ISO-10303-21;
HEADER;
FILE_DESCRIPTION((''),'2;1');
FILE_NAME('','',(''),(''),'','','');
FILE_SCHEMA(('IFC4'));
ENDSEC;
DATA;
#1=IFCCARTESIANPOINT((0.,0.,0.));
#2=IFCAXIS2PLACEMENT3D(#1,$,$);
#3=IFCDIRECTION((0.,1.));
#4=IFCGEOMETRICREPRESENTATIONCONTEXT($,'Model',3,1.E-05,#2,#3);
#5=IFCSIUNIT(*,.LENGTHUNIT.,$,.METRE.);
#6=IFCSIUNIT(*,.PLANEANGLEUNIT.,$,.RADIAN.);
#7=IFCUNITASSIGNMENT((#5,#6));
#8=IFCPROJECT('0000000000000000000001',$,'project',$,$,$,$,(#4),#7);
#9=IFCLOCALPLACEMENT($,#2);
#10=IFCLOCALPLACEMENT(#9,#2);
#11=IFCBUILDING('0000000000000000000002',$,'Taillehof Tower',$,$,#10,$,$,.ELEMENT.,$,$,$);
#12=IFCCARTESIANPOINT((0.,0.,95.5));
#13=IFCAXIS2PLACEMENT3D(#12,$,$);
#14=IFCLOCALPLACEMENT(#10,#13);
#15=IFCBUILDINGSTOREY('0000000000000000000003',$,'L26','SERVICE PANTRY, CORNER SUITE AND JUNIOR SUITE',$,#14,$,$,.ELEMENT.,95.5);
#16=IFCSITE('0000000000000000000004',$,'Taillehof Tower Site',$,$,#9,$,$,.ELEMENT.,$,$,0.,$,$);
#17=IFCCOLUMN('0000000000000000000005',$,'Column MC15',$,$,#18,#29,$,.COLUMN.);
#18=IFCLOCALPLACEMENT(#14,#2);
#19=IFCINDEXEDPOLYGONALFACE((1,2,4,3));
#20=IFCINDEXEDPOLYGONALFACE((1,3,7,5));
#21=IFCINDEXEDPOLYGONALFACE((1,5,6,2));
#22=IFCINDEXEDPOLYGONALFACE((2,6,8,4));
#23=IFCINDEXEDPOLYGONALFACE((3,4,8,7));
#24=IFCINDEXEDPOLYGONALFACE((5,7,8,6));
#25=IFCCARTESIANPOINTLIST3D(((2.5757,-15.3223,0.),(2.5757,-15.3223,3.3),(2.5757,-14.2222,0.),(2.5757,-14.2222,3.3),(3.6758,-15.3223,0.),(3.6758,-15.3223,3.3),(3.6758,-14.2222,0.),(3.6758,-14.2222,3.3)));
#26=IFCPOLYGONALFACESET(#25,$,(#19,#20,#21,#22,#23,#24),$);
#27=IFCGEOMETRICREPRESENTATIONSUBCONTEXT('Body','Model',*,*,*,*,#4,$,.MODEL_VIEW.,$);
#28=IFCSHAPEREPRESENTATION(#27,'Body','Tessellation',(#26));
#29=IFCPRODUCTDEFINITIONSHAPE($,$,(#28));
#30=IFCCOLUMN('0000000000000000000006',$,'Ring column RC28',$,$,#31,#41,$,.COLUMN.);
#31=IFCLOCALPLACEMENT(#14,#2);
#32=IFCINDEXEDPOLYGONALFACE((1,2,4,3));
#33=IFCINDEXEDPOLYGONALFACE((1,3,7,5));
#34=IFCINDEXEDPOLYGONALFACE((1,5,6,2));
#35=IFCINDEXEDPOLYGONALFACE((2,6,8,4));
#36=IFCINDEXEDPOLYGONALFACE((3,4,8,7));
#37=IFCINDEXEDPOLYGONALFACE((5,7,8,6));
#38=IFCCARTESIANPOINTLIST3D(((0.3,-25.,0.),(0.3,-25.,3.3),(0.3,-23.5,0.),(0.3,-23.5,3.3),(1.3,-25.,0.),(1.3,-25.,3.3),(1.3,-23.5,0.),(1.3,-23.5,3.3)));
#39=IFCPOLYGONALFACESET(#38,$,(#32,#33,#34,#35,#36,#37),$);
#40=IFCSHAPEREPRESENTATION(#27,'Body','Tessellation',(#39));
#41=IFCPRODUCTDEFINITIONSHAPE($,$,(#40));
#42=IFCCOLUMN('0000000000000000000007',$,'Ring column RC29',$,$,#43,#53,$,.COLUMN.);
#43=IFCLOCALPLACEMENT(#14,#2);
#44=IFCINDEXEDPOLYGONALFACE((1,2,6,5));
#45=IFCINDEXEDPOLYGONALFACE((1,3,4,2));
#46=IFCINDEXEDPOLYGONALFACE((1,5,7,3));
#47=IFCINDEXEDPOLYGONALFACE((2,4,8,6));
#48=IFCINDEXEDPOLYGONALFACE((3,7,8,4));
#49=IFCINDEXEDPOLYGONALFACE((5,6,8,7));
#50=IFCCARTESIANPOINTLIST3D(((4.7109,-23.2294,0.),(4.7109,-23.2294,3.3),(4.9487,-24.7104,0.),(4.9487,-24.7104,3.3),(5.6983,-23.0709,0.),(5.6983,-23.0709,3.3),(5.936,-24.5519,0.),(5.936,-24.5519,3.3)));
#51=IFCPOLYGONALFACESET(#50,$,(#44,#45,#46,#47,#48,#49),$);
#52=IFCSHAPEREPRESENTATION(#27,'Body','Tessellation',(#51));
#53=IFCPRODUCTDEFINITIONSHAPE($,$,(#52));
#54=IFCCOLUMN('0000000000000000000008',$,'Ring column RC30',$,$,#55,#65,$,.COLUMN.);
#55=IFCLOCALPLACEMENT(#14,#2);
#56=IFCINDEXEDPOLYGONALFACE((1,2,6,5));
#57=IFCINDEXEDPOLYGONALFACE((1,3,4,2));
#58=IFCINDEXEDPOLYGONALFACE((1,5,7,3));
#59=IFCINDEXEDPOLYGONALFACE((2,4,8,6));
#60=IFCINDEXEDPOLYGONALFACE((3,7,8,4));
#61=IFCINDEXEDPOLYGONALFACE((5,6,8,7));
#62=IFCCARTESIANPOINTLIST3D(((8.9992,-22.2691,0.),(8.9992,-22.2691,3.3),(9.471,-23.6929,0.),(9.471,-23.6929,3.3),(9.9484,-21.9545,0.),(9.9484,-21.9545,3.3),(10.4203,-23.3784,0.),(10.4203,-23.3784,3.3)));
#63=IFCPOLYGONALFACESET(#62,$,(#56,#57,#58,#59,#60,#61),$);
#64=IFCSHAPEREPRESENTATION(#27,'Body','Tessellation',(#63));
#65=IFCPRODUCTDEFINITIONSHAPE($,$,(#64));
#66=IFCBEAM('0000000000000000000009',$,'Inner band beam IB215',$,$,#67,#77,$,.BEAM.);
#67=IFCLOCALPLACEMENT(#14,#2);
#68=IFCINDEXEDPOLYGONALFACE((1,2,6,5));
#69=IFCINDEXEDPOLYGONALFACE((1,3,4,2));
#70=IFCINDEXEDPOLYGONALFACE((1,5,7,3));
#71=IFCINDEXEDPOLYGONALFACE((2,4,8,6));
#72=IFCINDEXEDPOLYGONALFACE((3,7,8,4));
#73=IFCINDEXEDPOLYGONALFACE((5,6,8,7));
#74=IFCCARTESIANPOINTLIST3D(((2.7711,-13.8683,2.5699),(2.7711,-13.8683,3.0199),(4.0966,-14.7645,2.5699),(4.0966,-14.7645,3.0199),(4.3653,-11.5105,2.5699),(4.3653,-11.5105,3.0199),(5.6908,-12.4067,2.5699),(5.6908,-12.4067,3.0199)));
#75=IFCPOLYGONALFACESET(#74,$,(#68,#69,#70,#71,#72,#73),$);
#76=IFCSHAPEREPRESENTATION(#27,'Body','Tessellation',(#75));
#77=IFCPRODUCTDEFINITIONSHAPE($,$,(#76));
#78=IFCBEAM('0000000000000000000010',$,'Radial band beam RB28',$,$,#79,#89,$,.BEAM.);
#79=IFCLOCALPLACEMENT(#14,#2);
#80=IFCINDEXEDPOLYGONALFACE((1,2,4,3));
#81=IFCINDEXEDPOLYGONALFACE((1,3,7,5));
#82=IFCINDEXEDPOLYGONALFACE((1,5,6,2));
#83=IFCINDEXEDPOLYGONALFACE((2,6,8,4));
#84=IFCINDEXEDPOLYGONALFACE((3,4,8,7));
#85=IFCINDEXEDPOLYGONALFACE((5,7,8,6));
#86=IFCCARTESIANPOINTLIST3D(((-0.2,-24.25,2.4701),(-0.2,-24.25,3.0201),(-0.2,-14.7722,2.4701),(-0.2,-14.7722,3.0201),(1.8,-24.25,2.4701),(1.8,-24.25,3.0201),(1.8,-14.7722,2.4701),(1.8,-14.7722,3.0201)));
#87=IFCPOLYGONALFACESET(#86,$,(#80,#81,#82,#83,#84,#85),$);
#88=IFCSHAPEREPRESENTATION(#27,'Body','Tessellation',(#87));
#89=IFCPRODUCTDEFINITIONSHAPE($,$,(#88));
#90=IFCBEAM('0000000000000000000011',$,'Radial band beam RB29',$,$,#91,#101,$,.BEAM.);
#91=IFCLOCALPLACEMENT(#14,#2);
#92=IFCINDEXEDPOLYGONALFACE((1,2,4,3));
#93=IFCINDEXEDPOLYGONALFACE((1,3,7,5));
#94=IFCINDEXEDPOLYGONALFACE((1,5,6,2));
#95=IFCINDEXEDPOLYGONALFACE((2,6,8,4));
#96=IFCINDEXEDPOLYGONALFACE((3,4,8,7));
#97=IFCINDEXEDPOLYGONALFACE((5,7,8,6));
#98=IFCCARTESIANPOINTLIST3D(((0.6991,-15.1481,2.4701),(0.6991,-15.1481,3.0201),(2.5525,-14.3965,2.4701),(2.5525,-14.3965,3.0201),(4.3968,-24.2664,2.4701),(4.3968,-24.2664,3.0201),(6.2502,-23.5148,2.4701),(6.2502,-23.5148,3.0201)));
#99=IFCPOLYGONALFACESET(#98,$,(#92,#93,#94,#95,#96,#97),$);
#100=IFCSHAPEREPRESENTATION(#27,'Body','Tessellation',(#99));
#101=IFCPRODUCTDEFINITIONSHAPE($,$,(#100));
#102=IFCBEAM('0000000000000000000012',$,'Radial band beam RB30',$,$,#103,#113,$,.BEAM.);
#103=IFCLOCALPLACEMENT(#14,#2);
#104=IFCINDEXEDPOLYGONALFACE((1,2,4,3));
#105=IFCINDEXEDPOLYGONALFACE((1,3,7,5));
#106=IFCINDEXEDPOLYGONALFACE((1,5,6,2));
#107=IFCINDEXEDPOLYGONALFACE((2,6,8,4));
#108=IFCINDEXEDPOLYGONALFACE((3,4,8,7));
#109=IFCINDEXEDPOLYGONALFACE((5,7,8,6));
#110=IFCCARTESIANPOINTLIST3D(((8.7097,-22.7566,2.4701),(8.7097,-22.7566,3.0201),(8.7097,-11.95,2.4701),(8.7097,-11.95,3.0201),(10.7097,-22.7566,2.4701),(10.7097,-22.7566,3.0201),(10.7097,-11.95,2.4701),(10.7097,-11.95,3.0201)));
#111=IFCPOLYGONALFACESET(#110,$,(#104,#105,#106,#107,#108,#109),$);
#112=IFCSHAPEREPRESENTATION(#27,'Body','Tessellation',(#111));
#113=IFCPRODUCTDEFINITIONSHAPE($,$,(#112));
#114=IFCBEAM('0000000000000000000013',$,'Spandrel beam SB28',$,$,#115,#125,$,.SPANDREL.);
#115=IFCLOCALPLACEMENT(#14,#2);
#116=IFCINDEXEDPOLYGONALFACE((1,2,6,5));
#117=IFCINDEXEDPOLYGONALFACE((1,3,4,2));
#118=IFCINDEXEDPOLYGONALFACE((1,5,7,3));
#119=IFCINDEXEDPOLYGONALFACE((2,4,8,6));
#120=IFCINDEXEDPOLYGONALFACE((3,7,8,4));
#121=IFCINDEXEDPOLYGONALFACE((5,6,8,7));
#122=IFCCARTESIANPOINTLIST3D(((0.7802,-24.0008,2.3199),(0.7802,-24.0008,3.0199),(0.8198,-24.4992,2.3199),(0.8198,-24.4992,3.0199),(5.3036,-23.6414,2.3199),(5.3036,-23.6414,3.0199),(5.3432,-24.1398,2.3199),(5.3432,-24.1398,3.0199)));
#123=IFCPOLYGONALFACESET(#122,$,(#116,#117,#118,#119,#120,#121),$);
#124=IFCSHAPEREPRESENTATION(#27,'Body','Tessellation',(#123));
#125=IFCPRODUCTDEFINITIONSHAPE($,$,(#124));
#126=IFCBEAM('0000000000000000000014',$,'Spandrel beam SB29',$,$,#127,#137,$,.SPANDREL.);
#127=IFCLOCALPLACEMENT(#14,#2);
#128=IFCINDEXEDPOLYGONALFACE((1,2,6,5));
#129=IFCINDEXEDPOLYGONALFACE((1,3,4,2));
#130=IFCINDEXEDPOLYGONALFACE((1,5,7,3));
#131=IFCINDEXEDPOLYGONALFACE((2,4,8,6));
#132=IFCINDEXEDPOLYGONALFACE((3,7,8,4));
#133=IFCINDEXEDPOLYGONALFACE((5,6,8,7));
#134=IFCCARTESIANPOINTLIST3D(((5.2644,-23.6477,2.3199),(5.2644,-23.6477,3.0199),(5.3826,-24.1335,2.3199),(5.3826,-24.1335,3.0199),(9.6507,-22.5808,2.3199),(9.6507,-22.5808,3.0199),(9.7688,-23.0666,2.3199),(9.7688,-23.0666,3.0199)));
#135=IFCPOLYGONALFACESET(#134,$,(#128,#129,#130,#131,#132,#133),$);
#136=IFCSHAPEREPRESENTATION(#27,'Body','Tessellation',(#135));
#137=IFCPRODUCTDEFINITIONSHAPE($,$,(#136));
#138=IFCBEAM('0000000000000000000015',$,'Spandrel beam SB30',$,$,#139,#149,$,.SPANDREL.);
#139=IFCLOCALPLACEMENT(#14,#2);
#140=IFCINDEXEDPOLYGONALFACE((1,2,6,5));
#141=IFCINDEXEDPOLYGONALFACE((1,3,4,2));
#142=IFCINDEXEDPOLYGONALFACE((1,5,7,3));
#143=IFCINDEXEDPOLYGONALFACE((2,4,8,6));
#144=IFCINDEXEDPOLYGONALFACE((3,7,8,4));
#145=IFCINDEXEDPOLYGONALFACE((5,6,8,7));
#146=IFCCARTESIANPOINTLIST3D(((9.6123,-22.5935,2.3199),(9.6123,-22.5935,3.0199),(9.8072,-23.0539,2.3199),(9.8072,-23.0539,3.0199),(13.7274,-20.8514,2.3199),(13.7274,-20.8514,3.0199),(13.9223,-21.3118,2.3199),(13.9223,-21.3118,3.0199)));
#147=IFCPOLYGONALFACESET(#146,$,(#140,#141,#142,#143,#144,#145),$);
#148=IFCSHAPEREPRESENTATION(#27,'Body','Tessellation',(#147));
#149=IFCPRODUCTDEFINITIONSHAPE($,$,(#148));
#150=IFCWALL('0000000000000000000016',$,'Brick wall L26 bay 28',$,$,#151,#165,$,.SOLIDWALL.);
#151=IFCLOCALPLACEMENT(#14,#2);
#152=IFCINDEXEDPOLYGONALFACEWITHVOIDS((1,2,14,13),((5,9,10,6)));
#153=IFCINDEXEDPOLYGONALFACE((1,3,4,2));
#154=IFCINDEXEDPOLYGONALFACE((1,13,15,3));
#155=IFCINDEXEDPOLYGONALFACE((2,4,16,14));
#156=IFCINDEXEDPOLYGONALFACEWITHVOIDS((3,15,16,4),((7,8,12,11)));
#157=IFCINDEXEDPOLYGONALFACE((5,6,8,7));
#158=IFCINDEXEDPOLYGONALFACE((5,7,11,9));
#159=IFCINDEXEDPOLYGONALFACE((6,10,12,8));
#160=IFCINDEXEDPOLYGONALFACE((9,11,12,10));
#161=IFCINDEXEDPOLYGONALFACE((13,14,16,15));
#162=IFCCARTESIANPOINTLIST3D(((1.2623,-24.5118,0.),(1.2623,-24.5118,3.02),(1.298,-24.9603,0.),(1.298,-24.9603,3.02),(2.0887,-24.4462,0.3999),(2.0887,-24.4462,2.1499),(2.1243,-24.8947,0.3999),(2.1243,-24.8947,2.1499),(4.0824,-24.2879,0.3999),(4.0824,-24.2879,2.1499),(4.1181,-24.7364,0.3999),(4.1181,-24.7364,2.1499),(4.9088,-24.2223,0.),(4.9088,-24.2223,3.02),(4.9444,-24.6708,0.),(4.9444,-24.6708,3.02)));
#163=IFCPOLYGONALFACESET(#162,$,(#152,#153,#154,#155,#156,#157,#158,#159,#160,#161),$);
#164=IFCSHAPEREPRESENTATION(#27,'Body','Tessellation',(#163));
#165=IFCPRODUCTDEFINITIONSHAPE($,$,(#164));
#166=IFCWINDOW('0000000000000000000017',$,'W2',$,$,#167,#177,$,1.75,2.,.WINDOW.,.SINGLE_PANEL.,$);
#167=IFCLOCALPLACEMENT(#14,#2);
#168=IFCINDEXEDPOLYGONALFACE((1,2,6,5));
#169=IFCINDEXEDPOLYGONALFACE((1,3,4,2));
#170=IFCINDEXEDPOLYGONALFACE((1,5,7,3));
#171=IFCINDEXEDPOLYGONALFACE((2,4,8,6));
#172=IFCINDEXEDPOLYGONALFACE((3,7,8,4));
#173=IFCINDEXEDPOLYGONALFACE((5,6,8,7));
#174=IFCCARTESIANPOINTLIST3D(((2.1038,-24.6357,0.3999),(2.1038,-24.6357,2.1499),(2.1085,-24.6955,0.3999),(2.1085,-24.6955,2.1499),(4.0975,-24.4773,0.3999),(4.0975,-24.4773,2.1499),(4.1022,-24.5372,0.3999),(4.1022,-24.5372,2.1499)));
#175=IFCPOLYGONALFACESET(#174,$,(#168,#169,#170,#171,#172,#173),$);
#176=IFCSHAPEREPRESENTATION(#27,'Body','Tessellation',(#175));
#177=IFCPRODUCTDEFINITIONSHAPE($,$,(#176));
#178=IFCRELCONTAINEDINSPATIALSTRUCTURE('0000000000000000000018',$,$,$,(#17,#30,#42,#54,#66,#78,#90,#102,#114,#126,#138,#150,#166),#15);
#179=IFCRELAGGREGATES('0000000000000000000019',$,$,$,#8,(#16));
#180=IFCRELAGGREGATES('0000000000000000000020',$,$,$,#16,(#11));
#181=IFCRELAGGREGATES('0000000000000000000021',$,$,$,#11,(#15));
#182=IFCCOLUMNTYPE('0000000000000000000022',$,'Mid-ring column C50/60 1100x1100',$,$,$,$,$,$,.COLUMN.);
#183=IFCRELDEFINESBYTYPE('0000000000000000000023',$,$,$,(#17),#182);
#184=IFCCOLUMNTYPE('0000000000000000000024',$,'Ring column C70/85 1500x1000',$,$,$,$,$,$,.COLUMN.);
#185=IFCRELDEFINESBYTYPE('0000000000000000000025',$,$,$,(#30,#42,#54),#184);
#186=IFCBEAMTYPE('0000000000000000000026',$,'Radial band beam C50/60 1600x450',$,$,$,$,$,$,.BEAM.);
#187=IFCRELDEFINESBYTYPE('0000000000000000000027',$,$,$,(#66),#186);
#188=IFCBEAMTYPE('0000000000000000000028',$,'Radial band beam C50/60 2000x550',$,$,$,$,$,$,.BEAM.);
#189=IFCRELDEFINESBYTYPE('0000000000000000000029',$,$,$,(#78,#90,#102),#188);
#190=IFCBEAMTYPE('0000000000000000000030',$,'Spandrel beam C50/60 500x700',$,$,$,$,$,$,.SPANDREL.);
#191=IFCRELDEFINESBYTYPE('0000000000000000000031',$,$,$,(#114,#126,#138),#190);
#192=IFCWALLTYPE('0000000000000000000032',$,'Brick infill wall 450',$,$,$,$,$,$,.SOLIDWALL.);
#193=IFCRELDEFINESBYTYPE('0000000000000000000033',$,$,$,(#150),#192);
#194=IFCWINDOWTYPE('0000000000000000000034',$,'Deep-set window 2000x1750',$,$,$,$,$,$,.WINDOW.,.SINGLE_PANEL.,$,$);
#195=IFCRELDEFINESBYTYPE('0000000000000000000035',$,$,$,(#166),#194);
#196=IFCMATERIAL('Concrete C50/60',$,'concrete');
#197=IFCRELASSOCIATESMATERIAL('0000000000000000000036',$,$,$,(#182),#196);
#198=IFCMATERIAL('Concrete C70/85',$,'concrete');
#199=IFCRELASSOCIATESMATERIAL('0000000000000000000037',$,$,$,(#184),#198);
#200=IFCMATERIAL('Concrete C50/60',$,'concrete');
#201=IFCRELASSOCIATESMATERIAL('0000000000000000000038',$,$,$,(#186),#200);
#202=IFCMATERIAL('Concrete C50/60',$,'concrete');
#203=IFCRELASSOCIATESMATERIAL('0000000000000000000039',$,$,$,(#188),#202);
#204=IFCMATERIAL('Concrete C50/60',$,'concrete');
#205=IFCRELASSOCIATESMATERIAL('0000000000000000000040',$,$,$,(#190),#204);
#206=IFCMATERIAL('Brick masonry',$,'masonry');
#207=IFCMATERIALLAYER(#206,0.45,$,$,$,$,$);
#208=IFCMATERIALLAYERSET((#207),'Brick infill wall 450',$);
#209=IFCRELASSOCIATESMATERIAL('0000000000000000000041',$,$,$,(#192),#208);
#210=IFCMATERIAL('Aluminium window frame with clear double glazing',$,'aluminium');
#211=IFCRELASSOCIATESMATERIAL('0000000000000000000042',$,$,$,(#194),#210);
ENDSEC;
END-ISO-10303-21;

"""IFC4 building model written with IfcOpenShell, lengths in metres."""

from ifc_helpers import new_model, si_unit, direction, frame, frame_2d, origin, origin_2d, place, context, subcontext, project, spatial, rectangle, extrude, material, layer, layer_set, material_profile, profile_set, type_object, element, fill, save


model = new_model("IFC4")

# Units and contexts
model_context = context("Model", 3, precision=1e-05, world=origin(), true_north=direction((0.0, 1.0)))
body_context = subcontext(model_context, "Body", "Model", "MODEL_VIEW")
ifc_project = project(units=[si_unit("LENGTHUNIT", "METRE"), si_unit("PLANEANGLEUNIT", "RADIAN")], contexts=[model_context])

# Site, building, storey
site_placement = place(None, origin())
site = spatial("IfcSite", under=ifc_project, at=site_placement, Name="Taillehof Tower Site", CompositionType="ELEMENT", RefElevation=0.0)
building_placement = place(site_placement, origin())
building = spatial("IfcBuilding", under=site, at=building_placement, Name="Taillehof Tower", CompositionType="ELEMENT")
storey_placement = place(building_placement, frame((0.0, 0.0, 95.5)))
storey = spatial("IfcBuildingStorey", under=building, at=storey_placement, Name="L26", Description="SERVICE PANTRY, CORNER SUITE AND JUNIOR SUITE", CompositionType="ELEMENT", Elevation=95.5)

# Columns
ifc_material_1 = material(Name="Concrete C50/60", Category="concrete")
ifc_material_profile_1 = material_profile(ifc_material_1, rectangle(XDim=1.1001, YDim=1.1001, at=origin_2d()), Name="RC 1100x1100")
ifc_profile_set_1 = profile_set([ifc_material_profile_1], Name="Concrete C50/60")
column_type_1 = type_object("IfcColumnType", Name="Mid-ring column C50/60 1100x1100", PredefinedType="COLUMN", material=ifc_profile_set_1)
column_placement = place(storey_placement, frame((3.1257, -14.7722, 0.0), z_axis=(0.0, 0.0, 1.0), x_axis=(1.0, 0.0, 0.0)))
element("IfcColumn", 1, at=column_placement, inside=storey, type_object=column_type_1, Name="Column MC15", PredefinedType="COLUMN", context=body_context, shape_type="SweptSolid", body=[
    extrude(rectangle(XDim=1.1001, YDim=1.1001, at=origin_2d()), origin(), (0.0, 0.0, 1.0), 3.3),
])
ifc_material_2 = material(Name="Concrete C70/85", Category="concrete")
ifc_material_profile_2 = material_profile(ifc_material_2, rectangle(XDim=1.5, YDim=1.0, at=origin_2d()), Name="RC 1500x1000")
ifc_profile_set_2 = profile_set([ifc_material_profile_2], Name="Concrete C70/85")
column_type_2 = type_object("IfcColumnType", Name="Ring column C70/85 1500x1000", PredefinedType="COLUMN", material=ifc_profile_set_2)
for number, where, z_axis, x_axis, name in (
    (2, (0.8, -24.25, 0.0), (0.0, 0.0, 1.0), (0.0, -1.0, 0.0), "Ring column RC28"),
    (3, (5.3235, -23.8906, 0.0), (0.0, 0.0, 1.0), (0.158507, -0.987358, 0.0), "Ring column RC29"),
    (4, (9.7097, -22.8237, 0.0), (0.0, 0.0, 1.0), (0.314555, -0.949239, 0.0), "Ring column RC30"),
):
    element("IfcColumn", number, at=place(storey_placement, frame(where, z_axis=z_axis, x_axis=x_axis)), inside=storey, type_object=column_type_2, Name=name, PredefinedType="COLUMN", context=body_context, shape_type="SweptSolid", body=[
        extrude(rectangle(XDim=1.5, YDim=1.0, at=origin_2d()), origin(), (0.0, 0.0, 1.0), 3.3),
    ])

# Beams
ifc_material_3 = material(Name="Concrete C50/60", Category="concrete")
ifc_material_profile_3 = material_profile(ifc_material_3, rectangle(XDim=1.6001, YDim=0.45, at=origin_2d()), Name="RC 1600x450")
ifc_profile_set_3 = profile_set([ifc_material_profile_3], Name="Concrete C50/60")
beam_type_1 = type_object("IfcBeamType", Name="Radial band beam C50/60 1600x450", PredefinedType="BEAM", material=ifc_profile_set_3)
beam_1_placement = place(storey_placement, frame((3.4338, -14.3164, 2.7949), z_axis=(0.560112, 0.828417, 0.0), x_axis=(-0.828417, 0.560112, 0.0)))
element("IfcBeam", 5, at=beam_1_placement, inside=storey, type_object=beam_type_1, Name="Inner band beam IB215", PredefinedType="BEAM", context=body_context, shape_type="SweptSolid", body=[
    extrude(rectangle(XDim=1.6001, YDim=0.45, at=origin_2d()), origin(), (0.0, 0.0, 1.0), 2.8462),
])
ifc_material_4 = material(Name="Concrete C50/60", Category="concrete")
ifc_material_profile_4 = material_profile(ifc_material_4, rectangle(XDim=2.0, YDim=0.55, at=origin_2d()), Name="RC 2000x550")
ifc_profile_set_4 = profile_set([ifc_material_profile_4], Name="Concrete C50/60")
beam_type_2 = type_object("IfcBeamType", Name="Radial band beam C50/60 2000x550", PredefinedType="BEAM", material=ifc_profile_set_4)
beam_2_placement = place(storey_placement, frame((0.8, -24.25, 2.7451), z_axis=(0.0, 1.0, 0.0), x_axis=(-1.0, 0.0, 0.0)))
element("IfcBeam", 6, at=beam_2_placement, inside=storey, type_object=beam_type_2, Name="Radial band beam RB28", PredefinedType="BEAM", context=body_context, shape_type="SweptSolid", body=[
    extrude(rectangle(XDim=2.0, YDim=0.55, at=origin_2d()), origin(), (0.0, 0.0, 1.0), 9.4778),
])
beam_3_placement = place(storey_placement, frame((5.3235, -23.8906, 2.7451), z_axis=(-0.375801, 0.9267, 0.0), x_axis=(-0.9267, -0.375801, 0.0)))
element("IfcBeam", 7, at=beam_3_placement, inside=storey, type_object=beam_type_2, Name="Radial band beam RB29", PredefinedType="BEAM", context=body_context, shape_type="SweptSolid", body=[
    extrude(rectangle(XDim=2.0, YDim=0.55, at=origin_2d()), origin(), (0.0, 0.0, 1.0), 9.8396),
])
beam_4_placement = place(storey_placement, frame((9.7097, -22.7566, 2.7451), z_axis=(0.0, 1.0, 0.0), x_axis=(-1.0, 0.0, 0.0)))
element("IfcBeam", 8, at=beam_4_placement, inside=storey, type_object=beam_type_2, Name="Radial band beam RB30", PredefinedType="BEAM", context=body_context, shape_type="SweptSolid", body=[
    extrude(rectangle(XDim=2.0, YDim=0.55, at=origin_2d()), origin(), (0.0, 0.0, 1.0), 10.8066),
])
ifc_material_5 = material(Name="Concrete C50/60", Category="concrete")
ifc_material_profile_5 = material_profile(ifc_material_5, rectangle(XDim=0.5, YDim=0.7, at=origin_2d()), Name="RC 500x700")
ifc_profile_set_5 = profile_set([ifc_material_profile_5], Name="Concrete C50/60")
beam_type_3 = type_object("IfcBeamType", Name="Spandrel beam C50/60 500x700", PredefinedType="SPANDREL", material=ifc_profile_set_5)
beam_5_placement = place(storey_placement, frame((0.8, -24.25, 2.6699), z_axis=(0.996859, 0.079198, 0.0), x_axis=(-0.079198, 0.996859, 0.0)))
element("IfcBeam", 9, at=beam_5_placement, inside=storey, type_object=beam_type_3, Name="Spandrel beam SB28", PredefinedType="SPANDREL", context=body_context, shape_type="SweptSolid", body=[
    extrude(rectangle(XDim=0.5, YDim=0.7, at=origin_2d()), origin(), (0.0, 0.0, 1.0), 4.5376),
])
beam_6_placement = place(storey_placement, frame((5.3235, -23.8906, 2.6699), z_axis=(0.971669, 0.236346, 0.0), x_axis=(-0.236346, 0.971669, 0.0)))
element("IfcBeam", 10, at=beam_6_placement, inside=storey, type_object=beam_type_3, Name="Spandrel beam SB29", PredefinedType="SPANDREL", context=body_context, shape_type="SweptSolid", body=[
    extrude(rectangle(XDim=0.5, YDim=0.7, at=origin_2d()), origin(), (0.0, 0.0, 1.0), 4.5142),
])
beam_7_placement = place(storey_placement, frame((9.7097, -22.8237, 2.6699), z_axis=(0.920877, 0.389854, 0.0), x_axis=(-0.389854, 0.920877, 0.0)))
element("IfcBeam", 11, at=beam_7_placement, inside=storey, type_object=beam_type_3, Name="Spandrel beam SB30", PredefinedType="SPANDREL", context=body_context, shape_type="SweptSolid", body=[
    extrude(rectangle(XDim=0.5, YDim=0.7, at=origin_2d()), origin(), (0.0, 0.0, 1.0), 4.4688),
])

# Wall, opening, window
ifc_material_6 = material(Name="Brick masonry", Category="masonry")
ifc_layer_1 = layer(ifc_material_6, 0.45)
ifc_layer_set_1 = layer_set([ifc_layer_1], Name="Brick infill wall 450")
wall_type_1 = type_object("IfcWallType", Name="Brick infill wall 450", PredefinedType="SOLIDWALL", material=ifc_layer_set_1)
wall_1_placement = place(storey_placement, frame((1.28, -24.7361, 0.0), z_axis=(0.0, 0.0, 1.0), x_axis=(0.996862, 0.079156, 0.0)))
wall_1 = element("IfcWall", 12, at=wall_1_placement, inside=storey, type_object=wall_type_1, Name="Brick wall L26 bay 28", PredefinedType="SOLIDWALL", context=body_context, shape_type="SweptSolid", body=[
    extrude(rectangle(XDim=3.658, YDim=0.45, at=frame_2d((1.8291, 0.0))), origin(), (0.0, 0.0, 1.0), 3.02),
])
opening_1_placement = place(wall_1_placement, frame((0.8291, 0.0, 0.3999)))
opening_1 = element("IfcOpeningElement", 13, at=opening_1_placement, cuts=wall_1, PredefinedType="OPENING", context=body_context, shape_type="SweptSolid", body=[
    extrude(rectangle(XDim=2.0, YDim=1.75, at=frame_2d((1.0, 0.875))), frame((0.0, 0.2349, 0.0), z_axis=(0.0, -1.0, 0.0), x_axis=(1.0, 0.0, 0.0)), (0.0, 0.0, 1.0), 0.47),
])
ifc_material_7 = material(Name="Aluminium window frame with clear double glazing", Category="aluminium")
window_type = type_object("IfcWindowType", Name="Deep-set window 2000x1750", PartitioningType="SINGLE_PANEL", PredefinedType="WINDOW", material=ifc_material_7)
window_1_placement = place(opening_1_placement, origin())
window_1 = element("IfcWindow", 14, at=window_1_placement, inside=storey, type_object=window_type, Name="W2", OverallHeight=1.75, OverallWidth=2.0, PartitioningType="SINGLE_PANEL", PredefinedType="WINDOW", context=body_context, shape_type="SweptSolid", body=[
    extrude(rectangle(XDim=2.0, YDim=1.75, at=frame_2d((1.0, 0.875))), frame((0.0, 0.0349, 0.0), z_axis=(0.0, -1.0, 0.0), x_axis=(1.0, 0.0, 0.0)), (0.0, 0.0, 1.0), 0.0601),
])
fill(opening_1, window_1)

save(model, "model.ifc")
